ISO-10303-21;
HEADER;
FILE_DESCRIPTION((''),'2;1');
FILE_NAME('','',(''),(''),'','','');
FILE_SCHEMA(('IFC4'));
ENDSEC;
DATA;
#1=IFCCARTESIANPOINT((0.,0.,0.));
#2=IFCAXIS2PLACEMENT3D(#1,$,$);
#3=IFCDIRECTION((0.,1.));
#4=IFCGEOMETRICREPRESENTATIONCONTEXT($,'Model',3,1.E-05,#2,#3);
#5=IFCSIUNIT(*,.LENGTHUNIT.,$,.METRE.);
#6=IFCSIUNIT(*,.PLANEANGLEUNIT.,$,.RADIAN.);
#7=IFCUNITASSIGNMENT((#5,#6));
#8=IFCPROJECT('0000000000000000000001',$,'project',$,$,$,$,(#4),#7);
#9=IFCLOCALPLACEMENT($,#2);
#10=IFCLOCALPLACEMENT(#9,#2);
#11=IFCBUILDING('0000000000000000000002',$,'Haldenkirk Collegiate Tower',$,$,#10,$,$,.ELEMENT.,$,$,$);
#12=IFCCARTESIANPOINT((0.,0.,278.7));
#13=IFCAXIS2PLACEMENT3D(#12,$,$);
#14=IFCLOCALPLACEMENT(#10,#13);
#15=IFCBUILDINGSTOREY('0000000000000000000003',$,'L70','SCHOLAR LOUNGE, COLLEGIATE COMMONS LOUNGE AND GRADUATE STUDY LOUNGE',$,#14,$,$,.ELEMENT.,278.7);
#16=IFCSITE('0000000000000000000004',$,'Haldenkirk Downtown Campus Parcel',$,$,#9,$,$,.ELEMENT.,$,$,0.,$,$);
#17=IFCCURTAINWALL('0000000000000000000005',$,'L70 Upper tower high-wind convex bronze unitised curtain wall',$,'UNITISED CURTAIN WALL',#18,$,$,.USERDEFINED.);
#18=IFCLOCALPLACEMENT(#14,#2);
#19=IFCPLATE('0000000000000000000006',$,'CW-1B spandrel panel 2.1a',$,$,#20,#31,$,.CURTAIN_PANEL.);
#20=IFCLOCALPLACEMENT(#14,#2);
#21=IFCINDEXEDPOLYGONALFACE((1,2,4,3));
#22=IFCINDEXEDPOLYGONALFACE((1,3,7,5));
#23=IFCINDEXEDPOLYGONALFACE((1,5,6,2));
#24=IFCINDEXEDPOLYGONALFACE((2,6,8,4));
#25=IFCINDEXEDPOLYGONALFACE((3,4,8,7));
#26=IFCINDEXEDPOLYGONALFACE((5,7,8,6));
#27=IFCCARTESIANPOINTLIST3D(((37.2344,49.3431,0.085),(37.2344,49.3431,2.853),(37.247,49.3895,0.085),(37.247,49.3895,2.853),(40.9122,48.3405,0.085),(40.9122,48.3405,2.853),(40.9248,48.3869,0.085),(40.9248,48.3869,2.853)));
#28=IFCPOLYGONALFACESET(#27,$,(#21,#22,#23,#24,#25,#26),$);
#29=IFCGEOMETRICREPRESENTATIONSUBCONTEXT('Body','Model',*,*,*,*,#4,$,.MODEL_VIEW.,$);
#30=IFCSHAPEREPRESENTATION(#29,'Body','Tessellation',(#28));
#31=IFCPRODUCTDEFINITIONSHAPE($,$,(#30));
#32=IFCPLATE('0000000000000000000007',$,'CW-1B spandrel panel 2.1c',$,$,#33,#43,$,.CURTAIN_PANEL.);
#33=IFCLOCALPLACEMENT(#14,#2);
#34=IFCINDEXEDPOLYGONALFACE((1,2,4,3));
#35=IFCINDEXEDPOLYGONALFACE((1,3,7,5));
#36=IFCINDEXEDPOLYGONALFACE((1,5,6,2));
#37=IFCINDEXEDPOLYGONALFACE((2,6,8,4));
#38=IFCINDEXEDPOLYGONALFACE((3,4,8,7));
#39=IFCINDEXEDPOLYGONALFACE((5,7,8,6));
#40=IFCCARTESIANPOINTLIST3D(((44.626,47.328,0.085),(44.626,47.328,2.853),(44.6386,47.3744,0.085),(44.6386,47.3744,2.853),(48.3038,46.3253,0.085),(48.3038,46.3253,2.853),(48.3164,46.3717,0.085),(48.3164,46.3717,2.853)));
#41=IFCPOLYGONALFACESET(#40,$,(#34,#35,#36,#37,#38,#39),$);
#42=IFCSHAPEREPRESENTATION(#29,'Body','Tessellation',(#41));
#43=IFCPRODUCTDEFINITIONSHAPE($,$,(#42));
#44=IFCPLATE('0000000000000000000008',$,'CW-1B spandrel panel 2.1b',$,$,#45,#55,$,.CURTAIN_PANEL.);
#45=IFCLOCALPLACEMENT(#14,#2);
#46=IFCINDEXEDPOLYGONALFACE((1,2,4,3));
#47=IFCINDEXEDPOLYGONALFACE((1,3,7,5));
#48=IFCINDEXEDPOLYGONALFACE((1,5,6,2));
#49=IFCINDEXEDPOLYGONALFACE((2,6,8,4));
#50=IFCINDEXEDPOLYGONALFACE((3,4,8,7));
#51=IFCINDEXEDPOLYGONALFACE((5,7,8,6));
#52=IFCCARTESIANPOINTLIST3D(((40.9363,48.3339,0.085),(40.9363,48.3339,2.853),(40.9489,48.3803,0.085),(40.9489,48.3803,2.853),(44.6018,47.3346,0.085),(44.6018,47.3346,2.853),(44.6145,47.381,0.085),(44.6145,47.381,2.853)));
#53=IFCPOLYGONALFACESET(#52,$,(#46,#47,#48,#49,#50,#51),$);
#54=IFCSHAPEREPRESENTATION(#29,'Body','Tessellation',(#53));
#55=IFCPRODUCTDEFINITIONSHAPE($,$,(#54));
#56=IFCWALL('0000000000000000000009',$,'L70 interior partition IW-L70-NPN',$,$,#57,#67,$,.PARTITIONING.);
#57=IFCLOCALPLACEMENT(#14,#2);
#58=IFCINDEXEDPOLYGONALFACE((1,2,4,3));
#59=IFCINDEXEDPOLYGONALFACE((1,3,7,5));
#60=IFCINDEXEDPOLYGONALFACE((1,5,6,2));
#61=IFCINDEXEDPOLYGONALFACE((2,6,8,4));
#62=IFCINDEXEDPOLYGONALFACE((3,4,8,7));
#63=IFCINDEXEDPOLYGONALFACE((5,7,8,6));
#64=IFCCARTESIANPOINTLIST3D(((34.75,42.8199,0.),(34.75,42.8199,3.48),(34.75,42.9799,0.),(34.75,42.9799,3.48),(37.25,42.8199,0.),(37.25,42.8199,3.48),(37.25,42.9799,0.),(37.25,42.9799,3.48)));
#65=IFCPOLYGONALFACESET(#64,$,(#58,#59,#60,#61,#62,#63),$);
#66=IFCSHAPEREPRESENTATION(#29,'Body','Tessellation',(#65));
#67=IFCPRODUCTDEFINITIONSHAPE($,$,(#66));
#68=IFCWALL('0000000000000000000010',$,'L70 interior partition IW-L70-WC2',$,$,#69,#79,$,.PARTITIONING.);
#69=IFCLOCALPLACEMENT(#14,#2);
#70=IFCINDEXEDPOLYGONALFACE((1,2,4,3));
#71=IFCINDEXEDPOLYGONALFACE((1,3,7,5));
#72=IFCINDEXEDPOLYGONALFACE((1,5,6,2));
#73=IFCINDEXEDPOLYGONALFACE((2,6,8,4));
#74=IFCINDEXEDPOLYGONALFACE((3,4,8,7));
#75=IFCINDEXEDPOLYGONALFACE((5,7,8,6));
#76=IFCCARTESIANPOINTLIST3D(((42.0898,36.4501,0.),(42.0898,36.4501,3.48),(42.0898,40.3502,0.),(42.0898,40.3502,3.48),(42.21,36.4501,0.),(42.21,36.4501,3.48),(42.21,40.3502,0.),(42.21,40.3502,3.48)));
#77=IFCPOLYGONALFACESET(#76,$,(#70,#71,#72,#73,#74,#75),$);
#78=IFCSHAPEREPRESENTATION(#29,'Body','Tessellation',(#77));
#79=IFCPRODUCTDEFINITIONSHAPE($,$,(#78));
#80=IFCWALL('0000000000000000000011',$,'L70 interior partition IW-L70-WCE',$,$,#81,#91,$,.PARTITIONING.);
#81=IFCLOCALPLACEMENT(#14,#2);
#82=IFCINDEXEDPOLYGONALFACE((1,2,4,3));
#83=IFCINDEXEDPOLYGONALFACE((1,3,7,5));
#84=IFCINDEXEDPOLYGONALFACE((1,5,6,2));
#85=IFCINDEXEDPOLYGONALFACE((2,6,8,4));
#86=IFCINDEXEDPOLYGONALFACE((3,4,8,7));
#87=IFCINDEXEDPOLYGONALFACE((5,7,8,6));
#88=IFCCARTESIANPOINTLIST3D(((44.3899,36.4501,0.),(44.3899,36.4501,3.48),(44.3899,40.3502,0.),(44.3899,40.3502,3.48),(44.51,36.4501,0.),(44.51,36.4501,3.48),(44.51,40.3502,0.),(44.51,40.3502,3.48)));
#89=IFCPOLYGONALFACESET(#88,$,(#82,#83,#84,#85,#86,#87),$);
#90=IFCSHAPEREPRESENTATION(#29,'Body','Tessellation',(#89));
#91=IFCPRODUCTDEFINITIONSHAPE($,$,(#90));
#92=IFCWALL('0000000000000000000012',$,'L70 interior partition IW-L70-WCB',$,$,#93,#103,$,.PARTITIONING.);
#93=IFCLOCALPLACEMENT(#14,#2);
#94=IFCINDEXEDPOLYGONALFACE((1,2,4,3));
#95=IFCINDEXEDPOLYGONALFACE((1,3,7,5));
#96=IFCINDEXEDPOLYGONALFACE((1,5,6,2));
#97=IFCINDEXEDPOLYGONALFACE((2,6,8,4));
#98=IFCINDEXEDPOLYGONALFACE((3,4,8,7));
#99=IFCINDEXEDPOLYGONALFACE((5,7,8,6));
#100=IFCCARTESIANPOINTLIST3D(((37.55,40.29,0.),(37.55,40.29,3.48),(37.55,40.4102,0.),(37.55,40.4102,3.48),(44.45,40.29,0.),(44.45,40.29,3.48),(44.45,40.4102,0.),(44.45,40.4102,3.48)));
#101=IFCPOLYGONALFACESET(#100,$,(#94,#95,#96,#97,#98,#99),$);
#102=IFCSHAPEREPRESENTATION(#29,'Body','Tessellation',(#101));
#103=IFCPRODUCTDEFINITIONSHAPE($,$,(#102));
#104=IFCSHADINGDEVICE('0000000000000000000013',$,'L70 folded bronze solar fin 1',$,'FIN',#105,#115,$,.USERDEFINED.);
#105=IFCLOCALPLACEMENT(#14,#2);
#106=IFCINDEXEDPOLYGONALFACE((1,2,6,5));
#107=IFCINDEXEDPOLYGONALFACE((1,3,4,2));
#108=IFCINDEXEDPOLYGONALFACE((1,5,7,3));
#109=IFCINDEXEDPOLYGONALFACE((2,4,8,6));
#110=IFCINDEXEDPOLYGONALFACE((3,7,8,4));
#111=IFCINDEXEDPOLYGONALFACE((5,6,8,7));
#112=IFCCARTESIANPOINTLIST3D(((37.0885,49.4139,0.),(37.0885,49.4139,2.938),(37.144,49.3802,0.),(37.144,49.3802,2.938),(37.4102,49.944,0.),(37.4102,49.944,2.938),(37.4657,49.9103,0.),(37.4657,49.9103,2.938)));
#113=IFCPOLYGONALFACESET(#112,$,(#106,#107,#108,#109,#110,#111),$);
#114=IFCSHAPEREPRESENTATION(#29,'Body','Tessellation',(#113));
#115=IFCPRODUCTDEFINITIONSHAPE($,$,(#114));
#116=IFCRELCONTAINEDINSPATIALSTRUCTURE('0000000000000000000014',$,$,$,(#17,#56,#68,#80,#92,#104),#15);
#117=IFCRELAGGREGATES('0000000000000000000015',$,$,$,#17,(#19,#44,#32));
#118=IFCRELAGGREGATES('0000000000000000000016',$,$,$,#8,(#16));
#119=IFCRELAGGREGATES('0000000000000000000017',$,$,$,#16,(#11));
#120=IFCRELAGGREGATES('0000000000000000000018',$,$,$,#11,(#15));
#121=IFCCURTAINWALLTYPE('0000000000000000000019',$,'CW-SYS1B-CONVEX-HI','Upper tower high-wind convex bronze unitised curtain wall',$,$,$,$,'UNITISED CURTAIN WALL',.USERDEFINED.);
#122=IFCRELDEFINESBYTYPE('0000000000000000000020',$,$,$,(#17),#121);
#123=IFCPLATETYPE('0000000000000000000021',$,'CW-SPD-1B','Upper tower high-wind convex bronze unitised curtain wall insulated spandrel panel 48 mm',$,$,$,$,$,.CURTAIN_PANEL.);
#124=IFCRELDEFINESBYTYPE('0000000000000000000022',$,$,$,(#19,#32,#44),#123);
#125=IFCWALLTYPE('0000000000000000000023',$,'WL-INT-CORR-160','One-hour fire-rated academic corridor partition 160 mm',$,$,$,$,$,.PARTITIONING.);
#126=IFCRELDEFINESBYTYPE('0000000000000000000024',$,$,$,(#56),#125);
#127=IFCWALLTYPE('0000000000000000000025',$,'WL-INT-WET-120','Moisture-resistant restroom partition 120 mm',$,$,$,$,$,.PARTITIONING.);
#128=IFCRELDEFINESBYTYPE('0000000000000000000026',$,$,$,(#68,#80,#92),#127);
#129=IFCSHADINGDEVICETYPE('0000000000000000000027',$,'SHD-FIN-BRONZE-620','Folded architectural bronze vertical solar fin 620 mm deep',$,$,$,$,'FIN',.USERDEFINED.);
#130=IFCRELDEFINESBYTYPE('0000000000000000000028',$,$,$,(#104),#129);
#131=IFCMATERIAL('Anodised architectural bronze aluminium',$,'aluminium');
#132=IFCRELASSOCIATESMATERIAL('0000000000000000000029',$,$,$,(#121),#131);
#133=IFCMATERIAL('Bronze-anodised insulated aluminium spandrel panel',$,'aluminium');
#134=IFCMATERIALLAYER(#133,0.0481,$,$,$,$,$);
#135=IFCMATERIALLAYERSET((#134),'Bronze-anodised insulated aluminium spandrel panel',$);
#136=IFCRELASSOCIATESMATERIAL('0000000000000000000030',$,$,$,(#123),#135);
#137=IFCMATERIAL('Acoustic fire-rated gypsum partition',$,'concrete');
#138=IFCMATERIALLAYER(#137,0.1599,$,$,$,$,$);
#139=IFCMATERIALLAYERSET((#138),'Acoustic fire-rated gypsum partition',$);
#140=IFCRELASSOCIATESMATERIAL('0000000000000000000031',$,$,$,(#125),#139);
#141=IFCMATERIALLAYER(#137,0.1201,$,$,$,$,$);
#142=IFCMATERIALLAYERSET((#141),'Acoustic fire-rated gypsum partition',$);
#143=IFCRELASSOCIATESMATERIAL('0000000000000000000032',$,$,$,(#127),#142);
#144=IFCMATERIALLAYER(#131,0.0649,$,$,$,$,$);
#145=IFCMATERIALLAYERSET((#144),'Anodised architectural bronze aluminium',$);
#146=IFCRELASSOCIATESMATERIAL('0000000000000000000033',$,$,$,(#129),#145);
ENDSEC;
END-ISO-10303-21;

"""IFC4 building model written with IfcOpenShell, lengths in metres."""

from ifc_helpers import new_model, si_unit, direction, frame, frame_2d, origin, origin_2d, place, context, subcontext, project, spatial, rectangle, extrude, source, transform, mapped, material, layer, layer_set, type_object, element, aggregate, save


model = new_model("IFC4")

# Units and contexts
model_context = context("Model", 3, precision=1e-05, world=origin(), true_north=direction((0.0, 1.0)))
body_context = subcontext(model_context, "Body", "Model", "MODEL_VIEW")
ifc_project = project(units=[si_unit("LENGTHUNIT", "METRE"), si_unit("PLANEANGLEUNIT", "RADIAN")], contexts=[model_context])

# Site, building, storey
site_placement = place(None, origin())
site = spatial("IfcSite", under=ifc_project, at=site_placement, Name="Haldenkirk Downtown Campus Parcel", CompositionType="ELEMENT", RefElevation=0.0)
building_placement = place(site_placement, origin())
building = spatial("IfcBuilding", under=site, at=building_placement, Name="Haldenkirk Collegiate Tower", CompositionType="ELEMENT")
storey_placement = place(building_placement, frame((0.0, 0.0, 278.7)))
storey = spatial("IfcBuildingStorey", under=building, at=storey_placement, Name="L70", Description="SCHOLAR LOUNGE, COLLEGIATE COMMONS LOUNGE AND GRADUATE STUDY LOUNGE", CompositionType="ELEMENT", Elevation=278.7)

# Curtain wall
ifc_material_1 = material(Name="Anodised architectural bronze aluminium", Category="aluminium")
curtain_wall_type = type_object("IfcCurtainWallType", Name="CW-SYS1B-CONVEX-HI", Description="Upper tower high-wind convex bronze unitised curtain wall", ElementType="UNITISED CURTAIN WALL", PredefinedType="USERDEFINED", material=ifc_material_1)
curtain_wall_placement = place(storey_placement, origin())
curtain_wall = element("IfcCurtainWall", 1, at=curtain_wall_placement, inside=storey, type_object=curtain_wall_type, Name="L70 Upper tower high-wind convex bronze unitised curtain wall", ObjectType="UNITISED CURTAIN WALL", PredefinedType="USERDEFINED")

# Plates
ifc_material_2 = material(Name="Bronze-anodised insulated aluminium spandrel panel", Category="aluminium")
ifc_layer_1 = layer(ifc_material_2, 0.0481)
ifc_layer_set_1 = layer_set([ifc_layer_1], Name="Bronze-anodised insulated aluminium spandrel panel")
plate_type = type_object("IfcPlateType", Name="CW-SPD-1B", Description="Upper tower high-wind convex bronze unitised curtain wall insulated spandrel panel 48 mm", PredefinedType="CURTAIN_PANEL", material=ifc_layer_set_1)
shared_shape_1 = source(origin(), body_context, "Body", "SweptSolid", [
    extrude(rectangle(XDim=3.812, YDim=0.0481, at=origin_2d()), origin(), (0.0, 0.0, 1.0), 2.7681),
])
plate_1_placement = place(storey_placement, frame((39.0796, 48.865, 0.085), z_axis=(0.0, 0.0, 1.0), x_axis=(0.964787, -0.263031, 0.0)))
plate_1 = element("IfcPlate", 2, at=plate_1_placement, type_object=plate_type, Name="CW-1B spandrel panel 2.1a", PredefinedType="CURTAIN_PANEL", context=body_context, shape_type="MappedRepresentation", body=[
    mapped(shared_shape_1, transform((0.0, 0.0, 0.0), x_axis=(1.0, 0.0, 0.0), y_axis=(0.0, 1.0, 0.0), z_axis=(0.0, 0.0, 1.0), scale=1.0)),
])
plate_2_placement = place(storey_placement, frame((46.4712, 46.8499, 0.085), z_axis=(0.0, 0.0, 1.0), x_axis=(0.964787, -0.263031, 0.0)))
plate_2 = element("IfcPlate", 3, at=plate_2_placement, type_object=plate_type, Name="CW-1B spandrel panel 2.1c", PredefinedType="CURTAIN_PANEL", context=body_context, shape_type="MappedRepresentation", body=[
    mapped(shared_shape_1, transform((0.0, 0.0, 0.0), x_axis=(1.0, 0.0, 0.0), y_axis=(0.0, 1.0, 0.0), z_axis=(0.0, 0.0, 1.0), scale=1.0)),
])
shared_shape_2 = source(origin(), body_context, "Body", "SweptSolid", [
    extrude(rectangle(XDim=3.7993, YDim=0.0481, at=origin_2d()), origin(), (0.0, 0.0, 1.0), 2.7681),
])
plate_3_placement = place(storey_placement, frame((42.7754, 47.8574, 0.085), z_axis=(0.0, 0.0, 1.0), x_axis=(0.964787, -0.263031, 0.0)))
plate_3 = element("IfcPlate", 4, at=plate_3_placement, type_object=plate_type, Name="CW-1B spandrel panel 2.1b", PredefinedType="CURTAIN_PANEL", context=body_context, shape_type="MappedRepresentation", body=[
    mapped(shared_shape_2, transform((0.0, 0.0, 0.0), x_axis=(1.0, 0.0, 0.0), y_axis=(0.0, 1.0, 0.0), z_axis=(0.0, 0.0, 1.0), scale=1.0)),
])
aggregate(curtain_wall, [plate_1, plate_3, plate_2])

# Walls
ifc_material_3 = material(Name="Acoustic fire-rated gypsum partition", Category="concrete")
ifc_layer_2 = layer(ifc_material_3, 0.1599)
ifc_layer_set_2 = layer_set([ifc_layer_2], Name="Acoustic fire-rated gypsum partition")
wall_type_1 = type_object("IfcWallType", Name="WL-INT-CORR-160", Description="One-hour fire-rated academic corridor partition 160 mm", PredefinedType="PARTITIONING", material=ifc_layer_set_2)
wall_1_placement = place(storey_placement, frame((34.75, 42.8999, 0.0), z_axis=(0.0, 0.0, 1.0), x_axis=(1.0, 0.0, 0.0)))
element("IfcWall", 5, at=wall_1_placement, inside=storey, type_object=wall_type_1, Name="L70 interior partition IW-L70-NPN", PredefinedType="PARTITIONING", context=body_context, shape_type="SweptSolid", body=[
    extrude(rectangle(XDim=2.5, YDim=0.1599, at=frame_2d((1.25, 0.0))), origin(), (0.0, 0.0, 1.0), 3.48),
])
ifc_layer_3 = layer(ifc_material_3, 0.1201)
ifc_layer_set_3 = layer_set([ifc_layer_3], Name="Acoustic fire-rated gypsum partition")
wall_type_2 = type_object("IfcWallType", Name="WL-INT-WET-120", Description="Moisture-resistant restroom partition 120 mm", PredefinedType="PARTITIONING", material=ifc_layer_set_3)
for number, where, z_axis, x_axis, name in (
    (6, (42.1499, 36.45, 0.0), (0.0, 0.0, 1.0), (0.0, 1.0, 0.0), "L70 interior partition IW-L70-WC2"),
    (7, (44.45, 36.45, 0.0), (0.0, 0.0, 1.0), (0.0, 1.0, 0.0), "L70 interior partition IW-L70-WCE"),
):
    element("IfcWall", number, at=place(storey_placement, frame(where, z_axis=z_axis, x_axis=x_axis)), inside=storey, type_object=wall_type_2, Name=name, PredefinedType="PARTITIONING", context=body_context, shape_type="SweptSolid", body=[
        extrude(rectangle(XDim=3.9001, YDim=0.1201, at=frame_2d((1.9502, 0.0))), origin(), (0.0, 0.0, 1.0), 3.48),
    ])
wall_2_placement = place(storey_placement, frame((37.55, 40.3501, 0.0), z_axis=(0.0, 0.0, 1.0), x_axis=(1.0, 0.0, 0.0)))
element("IfcWall", 8, at=wall_2_placement, inside=storey, type_object=wall_type_2, Name="L70 interior partition IW-L70-WCB", PredefinedType="PARTITIONING", context=body_context, shape_type="SweptSolid", body=[
    extrude(rectangle(XDim=6.8999, YDim=0.1201, at=frame_2d((3.45, 0.0))), origin(), (0.0, 0.0, 1.0), 3.48),
])

# Shading device
ifc_layer_4 = layer(ifc_material_1, 0.0649)
ifc_layer_set_4 = layer_set([ifc_layer_4], Name="Anodised architectural bronze aluminium")
shading_device_type = type_object("IfcShadingDeviceType", Name="SHD-FIN-BRONZE-620", Description="Folded architectural bronze vertical solar fin 620 mm deep", ElementType="FIN", PredefinedType="USERDEFINED", material=ifc_layer_set_4)
shared_shape_3 = source(origin(), body_context, "Body", "SweptSolid", [
    extrude(rectangle(XDim=0.6201, YDim=0.0649, at=origin_2d()), origin(), (0.0, 0.0, 1.0), 2.938),
])
shading_device_placement = place(storey_placement, frame((37.2771, 49.6621, 0.0), z_axis=(0.0, 0.0, 1.0), x_axis=(0.518773, 0.854912, 0.0)))
element("IfcShadingDevice", 9, at=shading_device_placement, inside=storey, type_object=shading_device_type, Name="L70 folded bronze solar fin 1", ObjectType="FIN", PredefinedType="USERDEFINED", context=body_context, shape_type="MappedRepresentation", body=[
    mapped(shared_shape_3, transform((0.0, 0.0, 0.0), x_axis=(1.0, 0.0, 0.0), y_axis=(0.0, 1.0, 0.0), z_axis=(0.0, 0.0, 1.0), scale=1.0)),
])

save(model, "model.ifc")
